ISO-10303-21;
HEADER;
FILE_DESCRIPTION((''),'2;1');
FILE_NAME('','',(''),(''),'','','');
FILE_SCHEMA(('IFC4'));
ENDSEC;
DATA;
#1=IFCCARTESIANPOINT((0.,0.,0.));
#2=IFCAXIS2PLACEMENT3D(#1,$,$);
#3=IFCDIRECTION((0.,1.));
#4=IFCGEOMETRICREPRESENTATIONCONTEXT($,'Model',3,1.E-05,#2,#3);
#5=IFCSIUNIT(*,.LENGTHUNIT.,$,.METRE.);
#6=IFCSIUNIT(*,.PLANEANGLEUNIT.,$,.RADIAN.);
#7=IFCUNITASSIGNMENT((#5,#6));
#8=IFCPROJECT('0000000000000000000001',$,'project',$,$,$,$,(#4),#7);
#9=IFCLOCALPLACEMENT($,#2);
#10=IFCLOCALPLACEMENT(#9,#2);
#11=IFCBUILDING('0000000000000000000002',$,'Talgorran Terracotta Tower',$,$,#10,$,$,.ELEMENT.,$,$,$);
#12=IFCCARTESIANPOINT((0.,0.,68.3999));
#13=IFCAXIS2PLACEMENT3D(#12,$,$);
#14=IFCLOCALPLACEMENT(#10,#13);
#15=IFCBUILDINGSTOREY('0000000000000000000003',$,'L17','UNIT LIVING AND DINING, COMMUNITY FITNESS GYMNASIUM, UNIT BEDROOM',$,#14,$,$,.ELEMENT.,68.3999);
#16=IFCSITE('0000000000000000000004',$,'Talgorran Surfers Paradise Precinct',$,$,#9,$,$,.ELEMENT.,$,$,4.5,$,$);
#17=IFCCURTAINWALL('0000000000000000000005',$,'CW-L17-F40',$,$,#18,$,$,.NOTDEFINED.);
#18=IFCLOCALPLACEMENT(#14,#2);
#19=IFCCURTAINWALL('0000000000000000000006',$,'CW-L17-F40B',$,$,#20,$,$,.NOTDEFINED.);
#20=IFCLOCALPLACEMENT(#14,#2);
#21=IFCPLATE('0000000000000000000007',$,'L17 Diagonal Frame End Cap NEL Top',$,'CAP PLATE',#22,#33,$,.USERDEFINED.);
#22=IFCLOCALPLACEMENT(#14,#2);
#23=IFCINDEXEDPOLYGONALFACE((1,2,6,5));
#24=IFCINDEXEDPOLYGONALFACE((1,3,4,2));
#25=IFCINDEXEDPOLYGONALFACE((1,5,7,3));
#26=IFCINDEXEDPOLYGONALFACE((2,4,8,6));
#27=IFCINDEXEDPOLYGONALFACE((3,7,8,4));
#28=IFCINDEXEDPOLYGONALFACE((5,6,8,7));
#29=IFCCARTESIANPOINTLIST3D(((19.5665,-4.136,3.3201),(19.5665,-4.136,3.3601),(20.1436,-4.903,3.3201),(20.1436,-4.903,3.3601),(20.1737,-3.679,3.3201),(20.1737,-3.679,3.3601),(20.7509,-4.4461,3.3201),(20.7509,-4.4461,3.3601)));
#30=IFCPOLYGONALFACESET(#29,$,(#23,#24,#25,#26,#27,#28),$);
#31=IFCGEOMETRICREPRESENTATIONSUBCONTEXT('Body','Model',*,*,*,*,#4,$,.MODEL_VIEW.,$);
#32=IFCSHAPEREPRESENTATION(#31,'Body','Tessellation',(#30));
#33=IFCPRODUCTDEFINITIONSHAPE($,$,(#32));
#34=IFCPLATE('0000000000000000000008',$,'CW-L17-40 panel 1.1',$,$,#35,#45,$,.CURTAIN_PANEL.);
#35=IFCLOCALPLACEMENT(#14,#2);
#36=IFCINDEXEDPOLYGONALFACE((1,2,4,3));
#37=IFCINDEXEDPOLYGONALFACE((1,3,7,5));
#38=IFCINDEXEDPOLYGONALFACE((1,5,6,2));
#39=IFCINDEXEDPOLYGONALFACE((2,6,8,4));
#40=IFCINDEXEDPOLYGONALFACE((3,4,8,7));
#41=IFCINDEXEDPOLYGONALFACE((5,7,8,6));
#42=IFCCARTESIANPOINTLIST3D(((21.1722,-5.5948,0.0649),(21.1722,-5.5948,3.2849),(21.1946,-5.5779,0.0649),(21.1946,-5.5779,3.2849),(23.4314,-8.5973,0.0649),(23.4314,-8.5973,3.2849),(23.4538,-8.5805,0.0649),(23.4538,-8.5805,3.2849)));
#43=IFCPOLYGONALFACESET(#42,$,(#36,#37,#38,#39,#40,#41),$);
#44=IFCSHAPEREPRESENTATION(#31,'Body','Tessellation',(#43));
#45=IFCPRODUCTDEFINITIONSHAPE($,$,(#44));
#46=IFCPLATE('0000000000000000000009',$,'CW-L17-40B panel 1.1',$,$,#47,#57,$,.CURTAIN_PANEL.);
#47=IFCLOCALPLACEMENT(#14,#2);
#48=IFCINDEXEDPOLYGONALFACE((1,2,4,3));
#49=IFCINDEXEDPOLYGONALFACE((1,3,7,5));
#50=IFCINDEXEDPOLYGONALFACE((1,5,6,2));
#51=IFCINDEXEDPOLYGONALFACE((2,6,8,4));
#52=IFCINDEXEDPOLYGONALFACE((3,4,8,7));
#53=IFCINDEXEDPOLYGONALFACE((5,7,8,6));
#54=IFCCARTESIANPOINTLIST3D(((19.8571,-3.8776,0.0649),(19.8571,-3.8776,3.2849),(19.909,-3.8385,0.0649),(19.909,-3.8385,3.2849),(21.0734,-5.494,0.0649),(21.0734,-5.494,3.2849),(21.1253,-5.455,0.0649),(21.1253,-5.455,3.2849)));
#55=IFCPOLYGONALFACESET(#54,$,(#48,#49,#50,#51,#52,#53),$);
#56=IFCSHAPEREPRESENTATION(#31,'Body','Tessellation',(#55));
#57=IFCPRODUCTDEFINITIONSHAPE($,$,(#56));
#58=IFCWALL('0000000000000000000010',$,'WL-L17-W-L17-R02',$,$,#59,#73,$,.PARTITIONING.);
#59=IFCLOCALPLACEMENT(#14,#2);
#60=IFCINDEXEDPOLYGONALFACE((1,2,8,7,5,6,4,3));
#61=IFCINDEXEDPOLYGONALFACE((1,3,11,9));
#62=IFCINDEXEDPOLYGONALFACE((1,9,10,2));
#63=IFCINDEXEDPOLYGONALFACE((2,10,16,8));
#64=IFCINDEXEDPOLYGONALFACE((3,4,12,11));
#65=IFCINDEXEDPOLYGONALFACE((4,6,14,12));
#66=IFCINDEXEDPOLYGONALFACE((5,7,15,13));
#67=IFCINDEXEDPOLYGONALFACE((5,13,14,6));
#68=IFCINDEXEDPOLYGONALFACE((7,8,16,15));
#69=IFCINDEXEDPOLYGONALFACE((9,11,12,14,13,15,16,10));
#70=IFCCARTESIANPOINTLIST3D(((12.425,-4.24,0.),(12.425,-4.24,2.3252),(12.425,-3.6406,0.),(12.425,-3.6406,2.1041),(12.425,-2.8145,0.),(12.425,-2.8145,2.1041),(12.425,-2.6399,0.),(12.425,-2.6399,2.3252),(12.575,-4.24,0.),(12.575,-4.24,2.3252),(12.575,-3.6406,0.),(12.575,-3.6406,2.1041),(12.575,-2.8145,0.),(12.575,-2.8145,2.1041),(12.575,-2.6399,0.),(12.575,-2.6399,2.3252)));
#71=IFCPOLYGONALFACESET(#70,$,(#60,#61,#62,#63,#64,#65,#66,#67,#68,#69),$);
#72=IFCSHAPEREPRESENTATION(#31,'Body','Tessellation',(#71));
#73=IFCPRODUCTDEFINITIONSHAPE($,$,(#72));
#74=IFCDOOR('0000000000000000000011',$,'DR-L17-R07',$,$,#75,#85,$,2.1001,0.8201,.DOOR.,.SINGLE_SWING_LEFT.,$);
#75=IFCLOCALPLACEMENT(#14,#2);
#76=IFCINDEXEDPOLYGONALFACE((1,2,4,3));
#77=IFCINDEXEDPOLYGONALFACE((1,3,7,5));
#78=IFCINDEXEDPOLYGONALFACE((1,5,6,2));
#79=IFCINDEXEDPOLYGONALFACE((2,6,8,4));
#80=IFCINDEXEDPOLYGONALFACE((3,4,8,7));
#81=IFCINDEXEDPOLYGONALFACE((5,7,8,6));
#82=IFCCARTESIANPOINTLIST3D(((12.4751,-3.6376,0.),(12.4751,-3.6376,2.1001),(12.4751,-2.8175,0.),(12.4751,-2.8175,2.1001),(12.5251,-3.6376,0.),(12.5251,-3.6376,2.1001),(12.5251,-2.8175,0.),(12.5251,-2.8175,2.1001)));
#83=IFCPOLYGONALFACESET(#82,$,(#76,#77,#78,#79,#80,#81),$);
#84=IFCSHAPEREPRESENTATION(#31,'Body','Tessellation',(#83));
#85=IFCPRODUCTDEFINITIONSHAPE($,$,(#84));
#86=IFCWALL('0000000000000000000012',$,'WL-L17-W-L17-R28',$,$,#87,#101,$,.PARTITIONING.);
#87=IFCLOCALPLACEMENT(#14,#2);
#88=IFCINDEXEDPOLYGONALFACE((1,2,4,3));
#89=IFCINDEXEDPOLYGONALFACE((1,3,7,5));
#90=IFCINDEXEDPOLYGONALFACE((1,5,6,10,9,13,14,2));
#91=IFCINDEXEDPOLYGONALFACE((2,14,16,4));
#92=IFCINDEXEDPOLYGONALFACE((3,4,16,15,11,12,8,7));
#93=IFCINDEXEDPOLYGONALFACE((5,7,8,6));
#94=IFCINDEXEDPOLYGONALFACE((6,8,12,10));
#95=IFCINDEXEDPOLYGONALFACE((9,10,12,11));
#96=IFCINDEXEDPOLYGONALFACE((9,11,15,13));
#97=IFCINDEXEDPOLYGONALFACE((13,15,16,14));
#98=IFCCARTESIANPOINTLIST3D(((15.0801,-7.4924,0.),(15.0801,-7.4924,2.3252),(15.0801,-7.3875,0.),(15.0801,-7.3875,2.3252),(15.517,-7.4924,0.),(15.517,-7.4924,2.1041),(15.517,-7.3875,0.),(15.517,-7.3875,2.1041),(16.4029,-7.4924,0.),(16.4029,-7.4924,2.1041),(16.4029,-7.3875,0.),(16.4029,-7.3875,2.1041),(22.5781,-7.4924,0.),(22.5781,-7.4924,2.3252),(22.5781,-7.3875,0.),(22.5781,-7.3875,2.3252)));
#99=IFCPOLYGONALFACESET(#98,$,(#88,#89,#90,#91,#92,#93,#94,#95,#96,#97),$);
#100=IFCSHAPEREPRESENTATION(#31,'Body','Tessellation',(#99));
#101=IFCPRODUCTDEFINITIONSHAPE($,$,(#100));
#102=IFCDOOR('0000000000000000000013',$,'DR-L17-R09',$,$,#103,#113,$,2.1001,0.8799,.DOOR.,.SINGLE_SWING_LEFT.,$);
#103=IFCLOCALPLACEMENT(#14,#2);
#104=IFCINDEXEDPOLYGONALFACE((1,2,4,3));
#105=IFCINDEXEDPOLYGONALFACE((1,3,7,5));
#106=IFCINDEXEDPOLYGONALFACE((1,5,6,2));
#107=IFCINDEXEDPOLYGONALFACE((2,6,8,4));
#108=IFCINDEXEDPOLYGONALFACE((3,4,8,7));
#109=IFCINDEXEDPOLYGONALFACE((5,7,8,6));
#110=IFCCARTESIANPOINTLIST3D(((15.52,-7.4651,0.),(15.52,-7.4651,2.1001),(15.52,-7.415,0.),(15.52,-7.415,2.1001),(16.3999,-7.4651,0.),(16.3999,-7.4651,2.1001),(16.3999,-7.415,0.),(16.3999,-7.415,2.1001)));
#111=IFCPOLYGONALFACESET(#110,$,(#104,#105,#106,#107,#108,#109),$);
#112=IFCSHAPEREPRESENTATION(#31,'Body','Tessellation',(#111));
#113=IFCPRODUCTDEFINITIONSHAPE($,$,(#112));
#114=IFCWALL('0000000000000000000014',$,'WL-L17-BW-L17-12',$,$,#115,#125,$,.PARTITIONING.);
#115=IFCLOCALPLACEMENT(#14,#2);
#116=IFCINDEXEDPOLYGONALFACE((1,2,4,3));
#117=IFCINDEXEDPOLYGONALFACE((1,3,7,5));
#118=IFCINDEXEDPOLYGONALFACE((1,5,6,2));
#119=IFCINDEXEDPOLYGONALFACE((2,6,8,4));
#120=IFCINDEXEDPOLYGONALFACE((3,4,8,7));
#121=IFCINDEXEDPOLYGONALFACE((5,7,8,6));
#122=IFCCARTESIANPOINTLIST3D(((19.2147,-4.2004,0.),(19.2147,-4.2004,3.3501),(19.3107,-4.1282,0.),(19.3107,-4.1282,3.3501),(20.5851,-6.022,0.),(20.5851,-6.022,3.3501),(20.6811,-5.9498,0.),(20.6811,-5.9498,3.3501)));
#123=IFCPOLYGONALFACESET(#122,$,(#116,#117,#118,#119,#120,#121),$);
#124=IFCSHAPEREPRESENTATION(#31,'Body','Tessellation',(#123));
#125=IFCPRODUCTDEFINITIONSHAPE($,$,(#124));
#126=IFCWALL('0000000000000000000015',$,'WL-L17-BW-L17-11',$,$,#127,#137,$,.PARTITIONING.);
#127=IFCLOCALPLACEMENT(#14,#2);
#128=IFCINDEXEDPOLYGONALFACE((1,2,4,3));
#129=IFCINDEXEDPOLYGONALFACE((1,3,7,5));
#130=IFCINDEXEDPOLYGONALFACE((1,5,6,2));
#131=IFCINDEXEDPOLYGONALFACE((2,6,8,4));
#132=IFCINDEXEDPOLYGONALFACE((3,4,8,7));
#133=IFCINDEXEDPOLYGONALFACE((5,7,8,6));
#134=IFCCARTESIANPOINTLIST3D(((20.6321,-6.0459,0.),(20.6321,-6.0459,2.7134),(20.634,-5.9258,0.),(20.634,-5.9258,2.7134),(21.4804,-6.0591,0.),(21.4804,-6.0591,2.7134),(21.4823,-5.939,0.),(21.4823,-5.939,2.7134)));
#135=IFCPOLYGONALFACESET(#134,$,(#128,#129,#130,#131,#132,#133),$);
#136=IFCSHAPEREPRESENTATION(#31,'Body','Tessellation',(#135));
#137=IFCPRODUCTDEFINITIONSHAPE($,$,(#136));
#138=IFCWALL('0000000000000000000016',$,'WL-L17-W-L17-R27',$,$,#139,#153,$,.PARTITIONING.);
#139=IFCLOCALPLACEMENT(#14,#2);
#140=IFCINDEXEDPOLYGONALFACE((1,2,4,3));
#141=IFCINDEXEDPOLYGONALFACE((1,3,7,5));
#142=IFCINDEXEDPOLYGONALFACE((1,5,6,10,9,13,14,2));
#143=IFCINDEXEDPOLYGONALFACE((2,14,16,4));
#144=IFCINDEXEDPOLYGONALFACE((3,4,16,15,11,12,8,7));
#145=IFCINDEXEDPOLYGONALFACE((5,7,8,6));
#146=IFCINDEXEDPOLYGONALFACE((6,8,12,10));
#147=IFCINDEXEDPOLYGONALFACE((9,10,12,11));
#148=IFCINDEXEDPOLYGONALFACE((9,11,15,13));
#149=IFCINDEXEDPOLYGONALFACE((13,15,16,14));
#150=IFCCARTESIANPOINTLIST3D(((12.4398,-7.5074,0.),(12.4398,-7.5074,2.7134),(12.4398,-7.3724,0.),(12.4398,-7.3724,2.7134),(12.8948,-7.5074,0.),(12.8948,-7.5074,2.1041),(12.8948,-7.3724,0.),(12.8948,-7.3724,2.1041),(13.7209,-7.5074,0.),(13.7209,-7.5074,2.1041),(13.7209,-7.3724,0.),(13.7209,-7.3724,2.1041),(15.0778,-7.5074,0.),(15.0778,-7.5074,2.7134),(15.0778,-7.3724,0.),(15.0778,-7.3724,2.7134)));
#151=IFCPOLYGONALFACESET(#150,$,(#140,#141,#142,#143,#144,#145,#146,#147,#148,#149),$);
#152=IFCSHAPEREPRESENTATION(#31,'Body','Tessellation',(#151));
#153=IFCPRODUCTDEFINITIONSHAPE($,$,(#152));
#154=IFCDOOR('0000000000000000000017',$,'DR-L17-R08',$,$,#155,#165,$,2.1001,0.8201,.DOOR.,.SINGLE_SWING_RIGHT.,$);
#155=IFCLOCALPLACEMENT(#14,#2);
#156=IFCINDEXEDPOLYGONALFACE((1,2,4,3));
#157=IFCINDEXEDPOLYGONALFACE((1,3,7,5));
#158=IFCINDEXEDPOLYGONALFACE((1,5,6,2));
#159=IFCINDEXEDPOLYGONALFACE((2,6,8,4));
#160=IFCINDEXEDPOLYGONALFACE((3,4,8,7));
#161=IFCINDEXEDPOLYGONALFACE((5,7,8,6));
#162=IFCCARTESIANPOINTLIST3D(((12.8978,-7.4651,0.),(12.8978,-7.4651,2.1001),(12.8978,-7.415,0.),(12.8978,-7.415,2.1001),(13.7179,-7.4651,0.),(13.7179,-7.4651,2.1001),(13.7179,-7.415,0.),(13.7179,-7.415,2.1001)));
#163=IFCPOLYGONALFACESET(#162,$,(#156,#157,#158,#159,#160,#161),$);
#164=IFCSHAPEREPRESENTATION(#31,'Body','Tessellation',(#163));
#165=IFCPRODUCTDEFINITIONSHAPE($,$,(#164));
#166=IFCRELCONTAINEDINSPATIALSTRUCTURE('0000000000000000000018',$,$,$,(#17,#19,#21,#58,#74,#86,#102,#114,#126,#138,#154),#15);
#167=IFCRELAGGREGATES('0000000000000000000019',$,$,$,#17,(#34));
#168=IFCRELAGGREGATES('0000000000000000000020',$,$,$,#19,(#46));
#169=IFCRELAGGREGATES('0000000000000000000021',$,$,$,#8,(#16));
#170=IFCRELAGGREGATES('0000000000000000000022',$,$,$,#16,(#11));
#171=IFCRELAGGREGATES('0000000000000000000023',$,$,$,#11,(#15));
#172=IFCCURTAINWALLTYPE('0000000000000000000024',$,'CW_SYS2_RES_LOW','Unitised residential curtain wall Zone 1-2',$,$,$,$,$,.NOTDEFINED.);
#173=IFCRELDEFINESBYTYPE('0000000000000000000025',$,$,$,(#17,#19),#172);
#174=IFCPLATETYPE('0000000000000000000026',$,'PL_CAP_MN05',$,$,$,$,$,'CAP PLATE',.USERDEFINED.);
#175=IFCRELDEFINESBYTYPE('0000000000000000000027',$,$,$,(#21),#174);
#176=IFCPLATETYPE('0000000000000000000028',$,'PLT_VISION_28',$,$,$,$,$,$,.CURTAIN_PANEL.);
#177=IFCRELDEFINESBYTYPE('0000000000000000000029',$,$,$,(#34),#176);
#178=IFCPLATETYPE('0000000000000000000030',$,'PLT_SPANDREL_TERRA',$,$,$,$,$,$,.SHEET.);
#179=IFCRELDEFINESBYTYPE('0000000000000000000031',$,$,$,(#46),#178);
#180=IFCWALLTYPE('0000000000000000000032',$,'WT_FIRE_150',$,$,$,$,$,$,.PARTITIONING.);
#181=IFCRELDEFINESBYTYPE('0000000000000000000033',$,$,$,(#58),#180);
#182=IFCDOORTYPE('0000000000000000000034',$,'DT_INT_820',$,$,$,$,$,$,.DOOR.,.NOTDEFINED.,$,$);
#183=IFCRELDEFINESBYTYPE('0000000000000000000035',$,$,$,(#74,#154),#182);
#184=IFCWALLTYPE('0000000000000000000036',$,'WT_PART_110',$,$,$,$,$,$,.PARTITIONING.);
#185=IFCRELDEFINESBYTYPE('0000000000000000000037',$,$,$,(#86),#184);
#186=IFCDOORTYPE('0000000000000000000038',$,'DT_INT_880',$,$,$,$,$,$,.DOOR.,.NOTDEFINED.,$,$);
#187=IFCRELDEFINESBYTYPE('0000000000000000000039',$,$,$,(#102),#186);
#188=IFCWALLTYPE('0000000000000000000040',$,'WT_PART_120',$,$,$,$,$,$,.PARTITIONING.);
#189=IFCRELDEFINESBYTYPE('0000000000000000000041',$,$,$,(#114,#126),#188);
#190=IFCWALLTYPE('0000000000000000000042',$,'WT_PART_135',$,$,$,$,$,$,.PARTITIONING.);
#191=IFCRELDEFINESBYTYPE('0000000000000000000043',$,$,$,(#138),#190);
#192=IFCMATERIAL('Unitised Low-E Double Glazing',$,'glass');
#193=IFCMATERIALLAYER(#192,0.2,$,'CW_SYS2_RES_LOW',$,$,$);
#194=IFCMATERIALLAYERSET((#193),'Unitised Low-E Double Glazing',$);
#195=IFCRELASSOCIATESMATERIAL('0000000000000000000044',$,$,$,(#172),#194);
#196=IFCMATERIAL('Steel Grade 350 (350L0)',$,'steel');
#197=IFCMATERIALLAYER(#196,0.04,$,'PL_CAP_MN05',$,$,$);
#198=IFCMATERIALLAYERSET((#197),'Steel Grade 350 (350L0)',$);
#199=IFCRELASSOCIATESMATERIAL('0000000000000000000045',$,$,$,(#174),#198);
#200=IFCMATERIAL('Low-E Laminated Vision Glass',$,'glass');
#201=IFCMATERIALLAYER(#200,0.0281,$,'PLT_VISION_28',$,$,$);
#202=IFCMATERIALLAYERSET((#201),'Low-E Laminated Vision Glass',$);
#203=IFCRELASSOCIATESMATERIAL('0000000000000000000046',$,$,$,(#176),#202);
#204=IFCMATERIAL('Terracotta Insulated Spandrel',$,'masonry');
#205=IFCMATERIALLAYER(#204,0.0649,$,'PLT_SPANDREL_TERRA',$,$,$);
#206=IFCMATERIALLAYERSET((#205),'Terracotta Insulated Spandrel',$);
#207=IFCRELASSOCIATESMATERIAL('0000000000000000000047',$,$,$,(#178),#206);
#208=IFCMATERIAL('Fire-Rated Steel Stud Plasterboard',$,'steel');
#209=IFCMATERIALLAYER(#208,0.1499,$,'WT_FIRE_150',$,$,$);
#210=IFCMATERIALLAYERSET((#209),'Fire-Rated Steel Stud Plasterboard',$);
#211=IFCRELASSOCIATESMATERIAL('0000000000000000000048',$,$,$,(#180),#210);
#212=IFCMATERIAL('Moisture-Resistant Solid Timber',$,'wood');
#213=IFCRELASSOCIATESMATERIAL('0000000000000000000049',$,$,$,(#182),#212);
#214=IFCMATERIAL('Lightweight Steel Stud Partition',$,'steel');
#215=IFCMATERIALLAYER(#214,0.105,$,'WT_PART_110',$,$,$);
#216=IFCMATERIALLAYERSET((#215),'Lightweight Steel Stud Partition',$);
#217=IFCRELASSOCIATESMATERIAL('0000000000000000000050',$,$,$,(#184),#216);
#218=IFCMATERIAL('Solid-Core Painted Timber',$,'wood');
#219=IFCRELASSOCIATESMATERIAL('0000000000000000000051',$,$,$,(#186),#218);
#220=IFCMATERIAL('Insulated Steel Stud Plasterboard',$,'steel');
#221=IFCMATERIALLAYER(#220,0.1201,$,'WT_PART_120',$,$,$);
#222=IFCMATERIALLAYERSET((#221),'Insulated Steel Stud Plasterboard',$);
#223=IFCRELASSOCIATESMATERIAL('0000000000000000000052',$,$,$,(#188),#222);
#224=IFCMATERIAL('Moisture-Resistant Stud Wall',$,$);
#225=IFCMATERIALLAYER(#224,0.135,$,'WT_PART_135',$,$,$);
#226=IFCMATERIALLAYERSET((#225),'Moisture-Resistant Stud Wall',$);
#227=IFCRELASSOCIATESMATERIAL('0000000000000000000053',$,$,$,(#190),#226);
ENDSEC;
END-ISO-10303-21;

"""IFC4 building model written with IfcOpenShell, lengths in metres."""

from ifc_helpers import new_model, si_unit, direction, frame, frame_2d, origin, origin_2d, place, context, subcontext, project, spatial, rectangle, extrude, source, transform, mapped, material, layer, layer_set, type_object, type_shapes, element, fill, aggregate, save


model = new_model("IFC4")

# Units and contexts
model_context = context("Model", 3, precision=1e-05, world=origin(), true_north=direction((0.0, 1.0)))
body_context = subcontext(model_context, "Body", "Model", "MODEL_VIEW")
ifc_project = project(units=[si_unit("LENGTHUNIT", "METRE"), si_unit("PLANEANGLEUNIT", "RADIAN")], contexts=[model_context])

# Site, building, storey
site_placement = place(None, origin())
site = spatial("IfcSite", under=ifc_project, at=site_placement, Name="Talgorran Surfers Paradise Precinct", CompositionType="ELEMENT", RefElevation=4.5)
building_placement = place(site_placement, origin())
building = spatial("IfcBuilding", under=site, at=building_placement, Name="Talgorran Terracotta Tower", CompositionType="ELEMENT")
storey_placement = place(building_placement, frame((0.0, 0.0, 68.3999)))
storey = spatial("IfcBuildingStorey", under=building, at=storey_placement, Name="L17", Description="UNIT LIVING AND DINING, COMMUNITY FITNESS GYMNASIUM, UNIT BEDROOM", CompositionType="ELEMENT", Elevation=68.3999)

# Shared definitions
ifc_material_1 = material(Name="Steel Grade 350 (350L0)", Category="steel")

# Shared definitions
ifc_material_2 = material(Name="Unitised Low-E Double Glazing", Category="glass")
ifc_layer_1 = layer(ifc_material_2, 0.2, Name="CW_SYS2_RES_LOW")
ifc_layer_set_1 = layer_set([ifc_layer_1], Name="Unitised Low-E Double Glazing")
curtain_wall_type = type_object("IfcCurtainWallType", Name="CW_SYS2_RES_LOW", Description="Unitised residential curtain wall Zone 1-2", PredefinedType="NOTDEFINED", material=ifc_layer_set_1)

# Curtain wall
curtain_wall_1_placement = place(storey_placement, origin())
curtain_wall_1 = element("IfcCurtainWall", 1, at=curtain_wall_1_placement, inside=storey, type_object=curtain_wall_type, Name="CW-L17-F40", PredefinedType="NOTDEFINED")

# Curtain wall
curtain_wall_2_placement = place(storey_placement, origin())
curtain_wall_2 = element("IfcCurtainWall", 2, at=curtain_wall_2_placement, inside=storey, type_object=curtain_wall_type, Name="CW-L17-F40B", PredefinedType="NOTDEFINED")

# Plate
ifc_layer_2 = layer(ifc_material_1, 0.04, Name="PL_CAP_MN05")
ifc_layer_set_2 = layer_set([ifc_layer_2], Name="Steel Grade 350 (350L0)")
plate_type_1 = type_object("IfcPlateType", Name="PL_CAP_MN05", ElementType="CAP PLATE", PredefinedType="USERDEFINED", material=ifc_layer_set_2)
for number, where, z_axis, x_axis, name in (
    (3, (20.1587, -4.291, 3.3201), (0.0, 0.0, 1.0), (-0.601257, 0.799055, 0.0), "L17 Diagonal Frame End Cap NEL Top"),
):
    element("IfcPlate", number, at=place(storey_placement, frame(where, z_axis=z_axis, x_axis=x_axis)), inside=storey, type_object=plate_type_1, Name=name, ObjectType="CAP PLATE", PredefinedType="USERDEFINED", context=body_context, shape_type="SweptSolid", body=[
        extrude(rectangle(XDim=0.96, YDim=0.76, at=origin_2d()), origin(), (0.0, 0.0, 1.0), 0.04),
    ])

# Plates
ifc_material_3 = material(Name="Low-E Laminated Vision Glass", Category="glass")
ifc_layer_3 = layer(ifc_material_3, 0.0281, Name="PLT_VISION_28")
ifc_layer_set_3 = layer_set([ifc_layer_3], Name="Low-E Laminated Vision Glass")
plate_type_2 = type_object("IfcPlateType", Name="PLT_VISION_28", PredefinedType="CURTAIN_PANEL", material=ifc_layer_set_3)
shared_shape_1 = source(origin(), body_context, "Body", "SweptSolid", [
    extrude(rectangle(XDim=3.7576, YDim=0.0281, at=origin_2d()), origin(), (0.0, 0.0, 1.0), 3.22),
])
type_shapes(plate_type_2, [shared_shape_1])
plate_1_placement = place(storey_placement, frame((22.313, -7.0876, 0.0649), z_axis=(0.0, 0.0, 1.0), x_axis=(-0.60125, 0.799061, 0.0)))
plate_1 = element("IfcPlate", 4, at=plate_1_placement, type_object=plate_type_2, Name="CW-L17-40 panel 1.1", PredefinedType="CURTAIN_PANEL", context=body_context, shape_type="MappedRepresentation", body=[
    mapped(shared_shape_1, transform((0.0, 0.0, 0.0), scale=1.0)),
])
aggregate(curtain_wall_1, [plate_1])
ifc_material_4 = material(Name="Terracotta Insulated Spandrel", Category="masonry")
ifc_layer_4 = layer(ifc_material_4, 0.0649, Name="PLT_SPANDREL_TERRA")
ifc_layer_set_4 = layer_set([ifc_layer_4], Name="Terracotta Insulated Spandrel")
plate_type_3 = type_object("IfcPlateType", Name="PLT_SPANDREL_TERRA", PredefinedType="SHEET", material=ifc_layer_set_4)
shared_shape_2 = source(origin(), body_context, "Body", "SweptSolid", [
    extrude(rectangle(XDim=2.0229, YDim=0.0649, at=origin_2d()), origin(), (0.0, 0.0, 1.0), 3.22),
])
type_shapes(plate_type_3, [shared_shape_2])
plate_2_placement = place(storey_placement, frame((20.4912, -4.6663, 0.0649), z_axis=(0.0, 0.0, 1.0), x_axis=(-0.601248, 0.799063, 0.0)))
plate_2 = element("IfcPlate", 5, at=plate_2_placement, type_object=plate_type_3, Name="CW-L17-40B panel 1.1", PredefinedType="CURTAIN_PANEL", context=body_context, shape_type="MappedRepresentation", body=[
    mapped(shared_shape_2, transform((0.0, 0.0, 0.0), scale=1.0)),
])
aggregate(curtain_wall_2, [plate_2])

# Walls, openings, doors
ifc_material_5 = material(Name="Fire-Rated Steel Stud Plasterboard", Category="steel")
ifc_layer_5 = layer(ifc_material_5, 0.1499, Name="WT_FIRE_150")
ifc_layer_set_5 = layer_set([ifc_layer_5], Name="Fire-Rated Steel Stud Plasterboard")
wall_type_1 = type_object("IfcWallType", Name="WT_FIRE_150", PredefinedType="PARTITIONING", material=ifc_layer_set_5)
wall_1_placement = place(storey_placement, frame((12.5, -4.24, 0.0), z_axis=(0.0, 0.0, 1.0), x_axis=(0.0, 1.0, 0.0)))
wall_1 = element("IfcWall", 6, at=wall_1_placement, inside=storey, type_object=wall_type_1, Name="WL-L17-W-L17-R02", PredefinedType="PARTITIONING", context=body_context, shape_type="SweptSolid", body=[
    extrude(rectangle(XDim=1.6001, YDim=0.1499, at=frame_2d((0.8, 0.0))), origin(), (0.0, 0.0, 1.0), 2.3252),
])
opening_1_placement = place(wall_1_placement, frame((0.6023, 0.0, 0.0)))
opening_1 = element("IfcOpeningElement", 7, at=opening_1_placement, cuts=wall_1, PredefinedType="OPENING", context=body_context, shape_type="SweptSolid", body=[
    extrude(rectangle(XDim=0.8261, YDim=2.1041, at=frame_2d((0.4102, 1.052))), frame((0.0, 0.085, 0.0), z_axis=(0.0, -1.0, 0.0), x_axis=(1.0, 0.0, 0.0)), (0.0, 0.0, 1.0), 0.1699),
])
ifc_material_6 = material(Name="Moisture-Resistant Solid Timber", Category="wood")
door_type_1 = type_object("IfcDoorType", Name="DT_INT_820", OperationType="NOTDEFINED", PredefinedType="DOOR", material=ifc_material_6)
door_1_placement = place(opening_1_placement, origin())
door_1 = element("IfcDoor", 8, at=door_1_placement, inside=storey, type_object=door_type_1, Name="DR-L17-R07", OperationType="SINGLE_SWING_LEFT", OverallHeight=2.1001, OverallWidth=0.8201, PredefinedType="DOOR", context=body_context, shape_type="SweptSolid", body=[
    extrude(rectangle(XDim=0.8201, YDim=2.1001, at=frame_2d((0.4102, 1.05))), frame((0.0, 0.0249, 0.0), z_axis=(0.0, -1.0, 0.0), x_axis=(1.0, 0.0, 0.0)), (0.0, 0.0, 1.0), 0.05),
])
fill(opening_1, door_1)
ifc_material_7 = material(Name="Lightweight Steel Stud Partition", Category="steel")
ifc_layer_6 = layer(ifc_material_7, 0.105, Name="WT_PART_110")
ifc_layer_set_6 = layer_set([ifc_layer_6], Name="Lightweight Steel Stud Partition")
wall_type_2 = type_object("IfcWallType", Name="WT_PART_110", PredefinedType="PARTITIONING", material=ifc_layer_set_6)
wall_2_placement = place(storey_placement, frame((15.0801, -7.4399, 0.0), z_axis=(0.0, 0.0, 1.0), x_axis=(1.0, 0.0, 0.0)))
wall_2 = element("IfcWall", 9, at=wall_2_placement, inside=storey, type_object=wall_type_2, Name="WL-L17-W-L17-R28", PredefinedType="PARTITIONING", context=body_context, shape_type="SweptSolid", body=[
    extrude(rectangle(XDim=7.498, YDim=0.105, at=frame_2d((3.749, 0.0))), origin(), (0.0, 0.0, 1.0), 2.3252),
])
opening_2_placement = place(wall_2_placement, frame((0.4399, 0.0, 0.0)))
opening_2 = element("IfcOpeningElement", 10, at=opening_2_placement, cuts=wall_2, PredefinedType="OPENING", context=body_context, shape_type="SweptSolid", body=[
    extrude(rectangle(XDim=0.8859, YDim=2.1041, at=frame_2d((0.4399, 1.052))), frame((0.0, 0.0625, 0.0), z_axis=(0.0, -1.0, 0.0), x_axis=(1.0, 0.0, 0.0)), (0.0, 0.0, 1.0), 0.125),
])
ifc_material_8 = material(Name="Solid-Core Painted Timber", Category="wood")
door_type_2 = type_object("IfcDoorType", Name="DT_INT_880", OperationType="NOTDEFINED", PredefinedType="DOOR", material=ifc_material_8)
door_2_placement = place(opening_2_placement, origin())
door_2 = element("IfcDoor", 11, at=door_2_placement, inside=storey, type_object=door_type_2, Name="DR-L17-R09", OperationType="SINGLE_SWING_LEFT", OverallHeight=2.1001, OverallWidth=0.8799, PredefinedType="DOOR", context=body_context, shape_type="SweptSolid", body=[
    extrude(rectangle(XDim=0.8799, YDim=2.1001, at=frame_2d((0.4399, 1.05))), frame((0.0, 0.0249, 0.0), z_axis=(0.0, -1.0, 0.0), x_axis=(1.0, 0.0, 0.0)), (0.0, 0.0, 1.0), 0.05),
])
fill(opening_2, door_2)

# Walls
ifc_material_9 = material(Name="Insulated Steel Stud Plasterboard", Category="steel")
ifc_layer_7 = layer(ifc_material_9, 0.1201, Name="WT_PART_120")
ifc_layer_set_7 = layer_set([ifc_layer_7], Name="Insulated Steel Stud Plasterboard")
wall_type_3 = type_object("IfcWallType", Name="WT_PART_120", PredefinedType="PARTITIONING", material=ifc_layer_set_7)
wall_3_placement = place(storey_placement, frame((20.6331, -5.9858, 0.0), z_axis=(0.0, 0.0, 1.0), x_axis=(-0.601182, 0.799112, 0.0)))
element("IfcWall", 12, at=wall_3_placement, inside=storey, type_object=wall_type_3, Name="WL-L17-BW-L17-12", PredefinedType="PARTITIONING", context=body_context, shape_type="SweptSolid", body=[
    extrude(rectangle(XDim=2.2795, YDim=0.1201, at=frame_2d((1.1396, 0.0))), origin(), (0.0, 0.0, 1.0), 3.3501),
])
wall_4_placement = place(storey_placement, frame((21.4814, -5.999, 0.0), z_axis=(0.0, 0.0, 1.0), x_axis=(-0.999879, 0.015538, 0.0)))
element("IfcWall", 13, at=wall_4_placement, inside=storey, type_object=wall_type_3, Name="WL-L17-BW-L17-11", PredefinedType="PARTITIONING", context=body_context, shape_type="SweptSolid", body=[
    extrude(rectangle(XDim=0.8484, YDim=0.1201, at=frame_2d((0.4243, 0.0))), origin(), (0.0, 0.0, 1.0), 2.7134),
])

# Wall, opening, door
ifc_material_10 = material(Name="Moisture-Resistant Stud Wall")
ifc_layer_8 = layer(ifc_material_10, 0.135, Name="WT_PART_135")
ifc_layer_set_8 = layer_set([ifc_layer_8], Name="Moisture-Resistant Stud Wall")
wall_type_4 = type_object("IfcWallType", Name="WT_PART_135", PredefinedType="PARTITIONING", material=ifc_layer_set_8)
wall_5_placement = place(storey_placement, frame((12.4399, -7.4399, 0.0), z_axis=(0.0, 0.0, 1.0), x_axis=(1.0, 0.0, 0.0)))
wall_5 = element("IfcWall", 14, at=wall_5_placement, inside=storey, type_object=wall_type_4, Name="WL-L17-W-L17-R27", PredefinedType="PARTITIONING", context=body_context, shape_type="SweptSolid", body=[
    extrude(rectangle(XDim=2.6379, YDim=0.135, at=frame_2d((1.3188, 0.0))), origin(), (0.0, 0.0, 1.0), 2.7134),
])
opening_3_placement = place(wall_5_placement, frame((0.4578, 0.0, 0.0)))
opening_3 = element("IfcOpeningElement", 15, at=opening_3_placement, cuts=wall_5, PredefinedType="OPENING", context=body_context, shape_type="SweptSolid", body=[
    extrude(rectangle(XDim=0.8261, YDim=2.1041, at=frame_2d((0.4102, 1.052))), frame((0.0, 0.0776, 0.0), z_axis=(0.0, -1.0, 0.0), x_axis=(1.0, 0.0, 0.0)), (0.0, 0.0, 1.0), 0.155),
])
door_3_placement = place(opening_3_placement, origin())
door_3 = element("IfcDoor", 16, at=door_3_placement, inside=storey, type_object=door_type_1, Name="DR-L17-R08", OperationType="SINGLE_SWING_RIGHT", OverallHeight=2.1001, OverallWidth=0.8201, PredefinedType="DOOR", context=body_context, shape_type="SweptSolid", body=[
    extrude(rectangle(XDim=0.8201, YDim=2.1001, at=frame_2d((0.4102, 1.05))), frame((0.0, 0.0249, 0.0), z_axis=(0.0, -1.0, 0.0), x_axis=(1.0, 0.0, 0.0)), (0.0, 0.0, 1.0), 0.05),
])
fill(opening_3, door_3)

save(model, "model.ifc")
